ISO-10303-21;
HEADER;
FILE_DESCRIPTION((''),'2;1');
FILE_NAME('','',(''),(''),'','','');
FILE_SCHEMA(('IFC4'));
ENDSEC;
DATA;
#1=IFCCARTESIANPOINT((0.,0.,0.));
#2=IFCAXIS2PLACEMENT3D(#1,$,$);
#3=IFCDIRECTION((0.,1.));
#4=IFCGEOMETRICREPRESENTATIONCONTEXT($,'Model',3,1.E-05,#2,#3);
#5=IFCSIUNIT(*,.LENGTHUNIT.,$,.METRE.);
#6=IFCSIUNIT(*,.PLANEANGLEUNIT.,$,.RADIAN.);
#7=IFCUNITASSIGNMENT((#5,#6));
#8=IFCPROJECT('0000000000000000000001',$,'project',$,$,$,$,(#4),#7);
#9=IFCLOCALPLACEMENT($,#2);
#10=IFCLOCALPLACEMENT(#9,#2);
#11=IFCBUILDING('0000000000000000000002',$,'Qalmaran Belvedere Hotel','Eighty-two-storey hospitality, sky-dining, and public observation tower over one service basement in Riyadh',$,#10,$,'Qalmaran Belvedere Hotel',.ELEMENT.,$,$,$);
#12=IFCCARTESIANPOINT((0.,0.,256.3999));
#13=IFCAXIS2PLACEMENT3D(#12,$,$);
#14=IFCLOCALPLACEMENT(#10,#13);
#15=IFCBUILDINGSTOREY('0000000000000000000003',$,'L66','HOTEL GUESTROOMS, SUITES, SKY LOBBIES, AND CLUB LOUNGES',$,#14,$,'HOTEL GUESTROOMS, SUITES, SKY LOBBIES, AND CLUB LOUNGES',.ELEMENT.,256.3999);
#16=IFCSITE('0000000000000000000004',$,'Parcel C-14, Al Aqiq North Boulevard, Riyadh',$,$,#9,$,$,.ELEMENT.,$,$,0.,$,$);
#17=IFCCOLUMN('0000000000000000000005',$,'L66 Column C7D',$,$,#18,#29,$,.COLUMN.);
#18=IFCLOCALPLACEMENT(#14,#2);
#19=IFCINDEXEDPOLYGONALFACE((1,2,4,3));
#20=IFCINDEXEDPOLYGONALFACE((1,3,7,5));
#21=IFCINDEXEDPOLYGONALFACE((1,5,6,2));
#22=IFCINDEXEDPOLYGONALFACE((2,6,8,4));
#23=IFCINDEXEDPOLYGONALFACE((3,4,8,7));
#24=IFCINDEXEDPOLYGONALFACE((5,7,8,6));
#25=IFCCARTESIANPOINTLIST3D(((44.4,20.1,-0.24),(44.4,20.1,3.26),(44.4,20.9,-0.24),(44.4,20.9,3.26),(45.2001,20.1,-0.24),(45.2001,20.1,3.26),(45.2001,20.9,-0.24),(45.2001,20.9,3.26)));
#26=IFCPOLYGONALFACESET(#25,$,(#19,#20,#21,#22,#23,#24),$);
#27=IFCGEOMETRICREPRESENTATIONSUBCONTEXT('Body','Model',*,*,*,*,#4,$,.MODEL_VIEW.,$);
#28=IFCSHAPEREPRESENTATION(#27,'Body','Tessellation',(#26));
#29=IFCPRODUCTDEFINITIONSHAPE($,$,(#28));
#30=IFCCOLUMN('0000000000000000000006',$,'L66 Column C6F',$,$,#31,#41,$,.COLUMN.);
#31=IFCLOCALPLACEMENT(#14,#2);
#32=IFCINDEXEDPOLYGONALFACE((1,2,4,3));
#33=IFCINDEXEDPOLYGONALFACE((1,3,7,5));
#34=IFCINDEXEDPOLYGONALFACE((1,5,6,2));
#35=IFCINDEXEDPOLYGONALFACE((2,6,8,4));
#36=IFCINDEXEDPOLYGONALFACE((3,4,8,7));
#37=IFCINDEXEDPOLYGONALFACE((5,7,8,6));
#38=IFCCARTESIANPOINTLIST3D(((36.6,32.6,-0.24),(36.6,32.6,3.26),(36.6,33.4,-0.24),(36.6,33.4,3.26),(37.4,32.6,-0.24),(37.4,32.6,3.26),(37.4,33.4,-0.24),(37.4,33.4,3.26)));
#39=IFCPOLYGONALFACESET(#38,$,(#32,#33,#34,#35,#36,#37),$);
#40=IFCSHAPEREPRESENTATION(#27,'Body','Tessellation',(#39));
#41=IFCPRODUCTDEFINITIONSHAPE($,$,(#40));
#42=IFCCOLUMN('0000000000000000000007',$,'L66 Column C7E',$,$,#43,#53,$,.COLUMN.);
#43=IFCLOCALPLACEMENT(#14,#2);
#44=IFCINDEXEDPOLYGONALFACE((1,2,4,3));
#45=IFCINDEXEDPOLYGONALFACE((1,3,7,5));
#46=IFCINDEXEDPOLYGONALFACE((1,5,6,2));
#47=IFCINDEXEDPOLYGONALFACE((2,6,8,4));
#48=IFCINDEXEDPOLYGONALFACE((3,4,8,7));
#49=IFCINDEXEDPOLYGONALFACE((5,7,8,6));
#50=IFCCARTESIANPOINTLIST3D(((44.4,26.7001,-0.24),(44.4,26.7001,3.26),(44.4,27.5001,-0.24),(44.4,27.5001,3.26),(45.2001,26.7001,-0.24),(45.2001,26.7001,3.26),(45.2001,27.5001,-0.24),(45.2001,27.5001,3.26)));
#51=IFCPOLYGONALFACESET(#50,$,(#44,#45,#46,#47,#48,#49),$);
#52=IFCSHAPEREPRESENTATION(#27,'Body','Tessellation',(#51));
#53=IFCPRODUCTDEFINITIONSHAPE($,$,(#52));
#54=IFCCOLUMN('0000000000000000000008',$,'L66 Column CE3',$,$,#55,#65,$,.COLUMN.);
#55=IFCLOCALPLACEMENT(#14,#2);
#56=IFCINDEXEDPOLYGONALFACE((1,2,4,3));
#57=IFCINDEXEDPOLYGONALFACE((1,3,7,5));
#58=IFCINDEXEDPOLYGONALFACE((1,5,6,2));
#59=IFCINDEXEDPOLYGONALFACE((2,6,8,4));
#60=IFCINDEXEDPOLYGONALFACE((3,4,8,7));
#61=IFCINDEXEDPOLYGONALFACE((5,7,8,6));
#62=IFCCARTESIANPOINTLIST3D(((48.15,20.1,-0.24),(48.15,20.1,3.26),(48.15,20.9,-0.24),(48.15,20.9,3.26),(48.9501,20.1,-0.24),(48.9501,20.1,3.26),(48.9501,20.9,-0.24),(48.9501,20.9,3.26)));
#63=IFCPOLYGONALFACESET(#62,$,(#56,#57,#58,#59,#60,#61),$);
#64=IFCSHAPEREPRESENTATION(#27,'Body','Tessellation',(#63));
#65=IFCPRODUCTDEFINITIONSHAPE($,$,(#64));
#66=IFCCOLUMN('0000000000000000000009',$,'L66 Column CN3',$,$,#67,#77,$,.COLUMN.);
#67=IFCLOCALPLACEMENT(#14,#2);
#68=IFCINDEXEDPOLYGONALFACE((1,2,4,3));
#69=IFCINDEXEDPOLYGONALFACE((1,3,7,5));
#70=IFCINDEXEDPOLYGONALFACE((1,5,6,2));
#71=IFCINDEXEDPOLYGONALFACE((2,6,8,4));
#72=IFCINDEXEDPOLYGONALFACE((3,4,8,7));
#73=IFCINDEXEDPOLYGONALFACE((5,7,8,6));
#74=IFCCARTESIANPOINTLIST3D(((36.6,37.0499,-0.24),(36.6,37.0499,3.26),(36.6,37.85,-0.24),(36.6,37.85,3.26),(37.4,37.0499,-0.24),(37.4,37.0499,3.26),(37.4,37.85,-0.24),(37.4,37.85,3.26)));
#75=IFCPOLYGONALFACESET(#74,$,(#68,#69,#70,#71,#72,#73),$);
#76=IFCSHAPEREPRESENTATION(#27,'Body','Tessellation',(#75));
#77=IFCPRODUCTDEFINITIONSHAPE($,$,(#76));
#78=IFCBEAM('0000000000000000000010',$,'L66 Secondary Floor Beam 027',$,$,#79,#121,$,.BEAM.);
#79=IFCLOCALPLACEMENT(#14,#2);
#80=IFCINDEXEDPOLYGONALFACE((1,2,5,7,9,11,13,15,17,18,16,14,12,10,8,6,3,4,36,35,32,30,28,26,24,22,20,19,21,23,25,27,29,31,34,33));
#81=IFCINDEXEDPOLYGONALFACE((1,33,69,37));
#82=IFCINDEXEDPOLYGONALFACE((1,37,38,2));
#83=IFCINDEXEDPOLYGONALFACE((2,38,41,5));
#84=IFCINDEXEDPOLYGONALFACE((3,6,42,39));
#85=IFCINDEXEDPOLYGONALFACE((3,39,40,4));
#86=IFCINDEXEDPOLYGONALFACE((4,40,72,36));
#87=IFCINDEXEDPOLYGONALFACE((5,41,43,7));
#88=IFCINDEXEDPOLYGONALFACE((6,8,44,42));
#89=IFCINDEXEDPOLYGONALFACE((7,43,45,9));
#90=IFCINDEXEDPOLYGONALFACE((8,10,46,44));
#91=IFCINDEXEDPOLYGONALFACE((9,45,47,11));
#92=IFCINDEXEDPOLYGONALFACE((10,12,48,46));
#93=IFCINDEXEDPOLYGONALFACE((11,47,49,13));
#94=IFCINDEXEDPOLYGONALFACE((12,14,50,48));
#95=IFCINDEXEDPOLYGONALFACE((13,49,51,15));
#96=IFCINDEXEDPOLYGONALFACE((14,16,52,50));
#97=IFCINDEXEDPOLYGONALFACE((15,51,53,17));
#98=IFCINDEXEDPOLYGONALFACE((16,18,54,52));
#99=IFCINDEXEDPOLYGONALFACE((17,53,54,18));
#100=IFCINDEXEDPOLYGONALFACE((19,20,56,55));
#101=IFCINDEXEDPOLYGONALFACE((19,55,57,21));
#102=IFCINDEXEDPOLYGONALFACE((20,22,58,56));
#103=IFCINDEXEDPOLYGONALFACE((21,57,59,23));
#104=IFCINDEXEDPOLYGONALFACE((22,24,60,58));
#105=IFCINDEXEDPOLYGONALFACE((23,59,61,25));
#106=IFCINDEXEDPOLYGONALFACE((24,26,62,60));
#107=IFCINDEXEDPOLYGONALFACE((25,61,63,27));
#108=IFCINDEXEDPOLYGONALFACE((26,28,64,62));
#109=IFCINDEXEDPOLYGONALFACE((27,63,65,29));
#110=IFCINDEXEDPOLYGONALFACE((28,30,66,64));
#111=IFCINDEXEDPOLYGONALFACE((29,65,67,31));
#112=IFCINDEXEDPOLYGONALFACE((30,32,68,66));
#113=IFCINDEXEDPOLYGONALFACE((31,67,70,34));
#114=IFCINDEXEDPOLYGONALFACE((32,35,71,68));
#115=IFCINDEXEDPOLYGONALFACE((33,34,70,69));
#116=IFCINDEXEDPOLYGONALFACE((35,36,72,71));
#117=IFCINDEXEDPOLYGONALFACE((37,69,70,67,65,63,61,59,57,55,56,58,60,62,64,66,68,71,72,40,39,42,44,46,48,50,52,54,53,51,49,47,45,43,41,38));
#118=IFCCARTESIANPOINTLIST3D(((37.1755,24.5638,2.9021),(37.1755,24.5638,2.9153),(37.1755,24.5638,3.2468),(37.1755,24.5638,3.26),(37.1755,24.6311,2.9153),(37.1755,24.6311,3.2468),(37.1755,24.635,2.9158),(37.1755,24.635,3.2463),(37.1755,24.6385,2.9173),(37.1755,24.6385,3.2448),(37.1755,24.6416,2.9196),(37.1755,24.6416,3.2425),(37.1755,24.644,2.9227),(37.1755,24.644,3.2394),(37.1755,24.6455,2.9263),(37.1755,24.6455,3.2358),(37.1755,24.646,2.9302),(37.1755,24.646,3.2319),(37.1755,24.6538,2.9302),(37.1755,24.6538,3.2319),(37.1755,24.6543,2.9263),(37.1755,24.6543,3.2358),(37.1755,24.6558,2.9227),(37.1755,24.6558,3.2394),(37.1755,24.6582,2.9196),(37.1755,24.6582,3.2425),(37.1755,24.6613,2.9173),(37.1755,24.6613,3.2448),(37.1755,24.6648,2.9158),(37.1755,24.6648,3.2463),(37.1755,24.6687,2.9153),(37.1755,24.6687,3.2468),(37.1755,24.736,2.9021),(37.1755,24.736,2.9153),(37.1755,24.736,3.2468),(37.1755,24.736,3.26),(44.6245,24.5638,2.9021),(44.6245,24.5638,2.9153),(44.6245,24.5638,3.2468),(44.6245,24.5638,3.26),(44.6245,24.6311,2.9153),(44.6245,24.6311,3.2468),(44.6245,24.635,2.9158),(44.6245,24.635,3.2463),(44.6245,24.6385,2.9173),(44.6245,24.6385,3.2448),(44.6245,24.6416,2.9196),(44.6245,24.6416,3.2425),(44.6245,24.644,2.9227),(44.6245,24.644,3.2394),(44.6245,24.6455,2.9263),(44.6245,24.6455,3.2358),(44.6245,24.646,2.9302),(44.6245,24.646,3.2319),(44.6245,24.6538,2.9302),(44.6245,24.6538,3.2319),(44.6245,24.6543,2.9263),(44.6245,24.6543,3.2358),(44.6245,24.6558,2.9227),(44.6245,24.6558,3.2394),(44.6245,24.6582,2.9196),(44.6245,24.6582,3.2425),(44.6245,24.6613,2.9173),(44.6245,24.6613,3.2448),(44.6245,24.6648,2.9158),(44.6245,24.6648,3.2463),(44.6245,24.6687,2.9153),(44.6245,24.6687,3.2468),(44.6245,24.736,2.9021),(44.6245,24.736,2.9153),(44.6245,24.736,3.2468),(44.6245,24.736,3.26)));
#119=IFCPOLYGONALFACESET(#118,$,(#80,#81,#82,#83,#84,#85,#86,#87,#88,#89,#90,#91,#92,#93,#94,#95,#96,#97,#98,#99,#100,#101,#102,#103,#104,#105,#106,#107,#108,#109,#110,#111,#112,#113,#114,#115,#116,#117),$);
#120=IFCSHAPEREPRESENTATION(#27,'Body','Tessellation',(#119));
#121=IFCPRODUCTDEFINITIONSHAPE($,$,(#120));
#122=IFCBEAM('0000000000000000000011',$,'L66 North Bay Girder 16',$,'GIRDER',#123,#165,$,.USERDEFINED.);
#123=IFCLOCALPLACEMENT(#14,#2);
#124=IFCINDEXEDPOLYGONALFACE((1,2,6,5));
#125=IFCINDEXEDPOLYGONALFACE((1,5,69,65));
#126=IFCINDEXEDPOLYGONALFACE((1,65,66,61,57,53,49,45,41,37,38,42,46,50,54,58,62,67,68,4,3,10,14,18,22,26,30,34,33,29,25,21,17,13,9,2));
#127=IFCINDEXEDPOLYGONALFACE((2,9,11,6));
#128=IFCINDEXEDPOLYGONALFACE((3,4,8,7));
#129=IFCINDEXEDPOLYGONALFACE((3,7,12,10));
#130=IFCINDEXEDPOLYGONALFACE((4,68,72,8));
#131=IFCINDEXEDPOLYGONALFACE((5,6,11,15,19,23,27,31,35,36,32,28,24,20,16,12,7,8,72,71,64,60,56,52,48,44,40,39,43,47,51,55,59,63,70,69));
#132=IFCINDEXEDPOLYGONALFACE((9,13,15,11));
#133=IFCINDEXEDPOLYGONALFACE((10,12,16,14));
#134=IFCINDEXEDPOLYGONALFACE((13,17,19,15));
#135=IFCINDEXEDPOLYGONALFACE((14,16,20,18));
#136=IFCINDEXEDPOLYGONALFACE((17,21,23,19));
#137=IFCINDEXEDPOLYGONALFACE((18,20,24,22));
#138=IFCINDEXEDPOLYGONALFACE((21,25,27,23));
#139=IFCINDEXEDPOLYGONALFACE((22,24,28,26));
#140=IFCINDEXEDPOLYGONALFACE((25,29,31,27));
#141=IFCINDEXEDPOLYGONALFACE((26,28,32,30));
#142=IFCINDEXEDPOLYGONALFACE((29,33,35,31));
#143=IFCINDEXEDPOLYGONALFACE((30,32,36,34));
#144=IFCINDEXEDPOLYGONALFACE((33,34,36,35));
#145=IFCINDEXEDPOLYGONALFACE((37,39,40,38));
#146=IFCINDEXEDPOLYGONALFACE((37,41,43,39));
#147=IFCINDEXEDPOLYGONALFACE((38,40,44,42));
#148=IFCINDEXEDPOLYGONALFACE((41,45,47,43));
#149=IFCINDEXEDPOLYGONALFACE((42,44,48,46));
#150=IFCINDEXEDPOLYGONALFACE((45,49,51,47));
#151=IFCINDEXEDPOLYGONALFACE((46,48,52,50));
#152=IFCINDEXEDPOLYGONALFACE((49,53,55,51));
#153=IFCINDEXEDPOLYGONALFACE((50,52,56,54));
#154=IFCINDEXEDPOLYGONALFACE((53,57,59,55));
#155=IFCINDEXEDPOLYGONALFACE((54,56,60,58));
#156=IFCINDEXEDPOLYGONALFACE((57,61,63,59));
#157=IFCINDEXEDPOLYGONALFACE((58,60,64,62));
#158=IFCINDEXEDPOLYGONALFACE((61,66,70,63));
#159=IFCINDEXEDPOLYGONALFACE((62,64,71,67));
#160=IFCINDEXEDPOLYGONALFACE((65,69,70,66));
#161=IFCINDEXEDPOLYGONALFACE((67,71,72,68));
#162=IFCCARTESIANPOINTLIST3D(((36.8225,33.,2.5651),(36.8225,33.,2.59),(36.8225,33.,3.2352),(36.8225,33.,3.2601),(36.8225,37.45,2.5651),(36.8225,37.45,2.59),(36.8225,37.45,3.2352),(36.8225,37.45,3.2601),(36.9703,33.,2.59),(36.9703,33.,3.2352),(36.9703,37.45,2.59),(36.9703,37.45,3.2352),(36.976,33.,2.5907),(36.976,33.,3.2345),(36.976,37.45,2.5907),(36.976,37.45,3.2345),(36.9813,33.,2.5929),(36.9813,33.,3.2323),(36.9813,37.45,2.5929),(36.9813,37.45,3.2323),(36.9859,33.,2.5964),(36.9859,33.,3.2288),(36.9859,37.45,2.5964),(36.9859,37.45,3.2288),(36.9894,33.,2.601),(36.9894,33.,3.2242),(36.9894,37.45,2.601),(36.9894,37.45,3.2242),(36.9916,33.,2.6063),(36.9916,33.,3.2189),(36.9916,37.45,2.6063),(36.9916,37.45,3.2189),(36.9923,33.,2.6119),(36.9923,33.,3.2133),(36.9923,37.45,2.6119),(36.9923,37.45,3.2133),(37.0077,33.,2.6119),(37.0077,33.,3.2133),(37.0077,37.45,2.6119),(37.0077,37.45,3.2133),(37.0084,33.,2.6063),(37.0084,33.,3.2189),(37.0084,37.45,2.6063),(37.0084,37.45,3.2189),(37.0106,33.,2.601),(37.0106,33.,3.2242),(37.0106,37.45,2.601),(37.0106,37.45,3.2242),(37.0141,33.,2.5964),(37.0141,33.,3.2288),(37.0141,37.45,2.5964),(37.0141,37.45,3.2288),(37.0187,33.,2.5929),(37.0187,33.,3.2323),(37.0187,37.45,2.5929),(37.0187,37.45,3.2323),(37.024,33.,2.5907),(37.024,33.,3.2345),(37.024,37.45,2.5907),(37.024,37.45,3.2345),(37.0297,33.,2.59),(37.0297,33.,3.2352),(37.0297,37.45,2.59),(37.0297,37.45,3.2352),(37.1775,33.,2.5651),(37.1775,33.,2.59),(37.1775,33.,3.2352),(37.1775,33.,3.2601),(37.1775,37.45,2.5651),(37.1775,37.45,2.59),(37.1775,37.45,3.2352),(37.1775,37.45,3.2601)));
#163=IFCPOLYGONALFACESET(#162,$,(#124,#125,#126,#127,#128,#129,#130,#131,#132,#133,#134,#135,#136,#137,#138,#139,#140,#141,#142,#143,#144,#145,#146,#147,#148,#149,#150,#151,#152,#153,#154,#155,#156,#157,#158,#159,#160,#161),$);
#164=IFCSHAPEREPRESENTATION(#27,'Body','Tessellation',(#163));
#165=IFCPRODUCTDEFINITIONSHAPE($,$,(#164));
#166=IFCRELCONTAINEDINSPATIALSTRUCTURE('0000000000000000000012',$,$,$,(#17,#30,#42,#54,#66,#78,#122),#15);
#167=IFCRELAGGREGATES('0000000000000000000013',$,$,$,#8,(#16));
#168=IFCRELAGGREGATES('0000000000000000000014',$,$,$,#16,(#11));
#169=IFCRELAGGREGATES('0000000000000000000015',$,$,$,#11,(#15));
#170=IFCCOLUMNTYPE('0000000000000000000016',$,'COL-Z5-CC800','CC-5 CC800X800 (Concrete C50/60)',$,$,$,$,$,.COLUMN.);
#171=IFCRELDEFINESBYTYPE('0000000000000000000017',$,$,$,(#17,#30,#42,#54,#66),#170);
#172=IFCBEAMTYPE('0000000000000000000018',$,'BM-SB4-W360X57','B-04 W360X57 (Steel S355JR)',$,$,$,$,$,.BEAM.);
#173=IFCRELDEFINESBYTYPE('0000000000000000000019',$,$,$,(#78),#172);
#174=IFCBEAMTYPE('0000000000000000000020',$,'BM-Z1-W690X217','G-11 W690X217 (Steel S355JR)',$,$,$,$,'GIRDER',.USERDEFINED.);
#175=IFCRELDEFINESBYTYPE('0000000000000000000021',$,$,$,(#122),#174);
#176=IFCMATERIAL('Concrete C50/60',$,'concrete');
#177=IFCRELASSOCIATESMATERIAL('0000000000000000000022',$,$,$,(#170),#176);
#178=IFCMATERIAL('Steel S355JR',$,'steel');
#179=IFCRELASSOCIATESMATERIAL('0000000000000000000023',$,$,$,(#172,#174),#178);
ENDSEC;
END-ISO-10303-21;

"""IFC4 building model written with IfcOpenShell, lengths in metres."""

from ifc_helpers import new_model, si_unit, direction, frame, origin, origin_2d, place, context, subcontext, project, spatial, rectangle, i_section, extrude, material, material_profile, profile_set, type_object, element, save


model = new_model("IFC4")

# Units and contexts
model_context = context("Model", 3, precision=1e-05, world=origin(), true_north=direction((0.0, 1.0)))
body_context = subcontext(model_context, "Body", "Model", "MODEL_VIEW")
ifc_project = project(units=[si_unit("LENGTHUNIT", "METRE"), si_unit("PLANEANGLEUNIT", "RADIAN")], contexts=[model_context])

# Site, building, storey
site_placement = place(None, origin())
site = spatial("IfcSite", under=ifc_project, at=site_placement, Name="Parcel C-14, Al Aqiq North Boulevard, Riyadh", CompositionType="ELEMENT", RefElevation=0.0)
building_placement = place(site_placement, origin())
building = spatial("IfcBuilding", under=site, at=building_placement, Name="Qalmaran Belvedere Hotel", Description="Eighty-two-storey hospitality, sky-dining, and public observation tower over one service basement in Riyadh", LongName="Qalmaran Belvedere Hotel", CompositionType="ELEMENT")
storey_placement = place(building_placement, frame((0.0, 0.0, 256.3999)))
storey = spatial("IfcBuildingStorey", under=building, at=storey_placement, Name="L66", Description="HOTEL GUESTROOMS, SUITES, SKY LOBBIES, AND CLUB LOUNGES", LongName="HOTEL GUESTROOMS, SUITES, SKY LOBBIES, AND CLUB LOUNGES", CompositionType="ELEMENT", Elevation=256.3999)

# Columns
ifc_material_1 = material(Name="Concrete C50/60", Category="concrete")
ifc_material_profile_1 = material_profile(ifc_material_1, rectangle(XDim=0.8, YDim=0.8, at=origin_2d()), Name="CC800X800")
ifc_profile_set_1 = profile_set([ifc_material_profile_1], Name="Concrete C50/60")
column_type = type_object("IfcColumnType", Name="COL-Z5-CC800", Description="CC-5 CC800X800 (Concrete C50/60)", PredefinedType="COLUMN", material=ifc_profile_set_1)
for number, where, z_axis, x_axis, name in (
    (1, (44.8, 20.5, -0.24), (0.0, 0.0, 1.0), (1.0, 0.0, 0.0), "L66 Column C7D"),
    (2, (37.0, 33.0, -0.24), (0.0, 0.0, 1.0), (1.0, 0.0, 0.0), "L66 Column C6F"),
    (3, (44.8, 27.1001, -0.24), (0.0, 0.0, 1.0), (1.0, 0.0, 0.0), "L66 Column C7E"),
    (4, (48.55, 20.5, -0.24), (0.0, 0.0, 1.0), (1.0, 0.0, 0.0), "L66 Column CE3"),
    (5, (37.0, 37.45, -0.24), (0.0, 0.0, 1.0), (1.0, 0.0, 0.0), "L66 Column CN3"),
):
    element("IfcColumn", number, at=place(storey_placement, frame(where, z_axis=z_axis, x_axis=x_axis)), inside=storey, type_object=column_type, Name=name, PredefinedType="COLUMN", context=body_context, shape_type="SweptSolid", body=[
        extrude(rectangle(XDim=0.8, YDim=0.8, at=origin_2d()), origin(), (0.0, 0.0, 1.0), 3.5),
    ])

# Beams
ifc_material_2 = material(Name="Steel S355JR", Category="steel")
ifc_material_profile_2 = material_profile(ifc_material_2, i_section(OverallWidth=0.1721, OverallDepth=0.3579, WebThickness=0.0078, FlangeThickness=0.0132, FilletRadius=0.0149, at=origin_2d()), Name="W360X57")
ifc_profile_set_2 = profile_set([ifc_material_profile_2], Name="Steel S355JR")
beam_type_1 = type_object("IfcBeamType", Name="BM-SB4-W360X57", Description="B-04 W360X57 (Steel S355JR)", PredefinedType="BEAM", material=ifc_profile_set_2)
beam_1_placement = place(storey_placement, frame((37.1755, 24.6499, 3.0811), z_axis=(1.0, 0.0, 0.0), x_axis=(0.0, 1.0, 0.0)))
element("IfcBeam", 6, at=beam_1_placement, inside=storey, type_object=beam_type_1, Name="L66 Secondary Floor Beam 027", PredefinedType="BEAM", context=body_context, shape_type="SweptSolid", body=[
    extrude(i_section(OverallWidth=0.1721, OverallDepth=0.3579, WebThickness=0.0078, FlangeThickness=0.0132, FilletRadius=0.0149, at=origin_2d()), origin(), (0.0, 0.0, 1.0), 7.449),
])
ifc_material_profile_3 = material_profile(ifc_material_2, i_section(OverallWidth=0.355, OverallDepth=0.6951, WebThickness=0.0154, FlangeThickness=0.0249, FilletRadius=0.022, at=origin_2d()), Name="W690X217")
ifc_profile_set_3 = profile_set([ifc_material_profile_3], Name="Steel S355JR")
beam_type_2 = type_object("IfcBeamType", Name="BM-Z1-W690X217", Description="G-11 W690X217 (Steel S355JR)", ElementType="GIRDER", PredefinedType="USERDEFINED", material=ifc_profile_set_3)
beam_2_placement = place(storey_placement, frame((37.0, 33.0, 2.9126), z_axis=(0.0, 1.0, 0.0), x_axis=(-1.0, 0.0, 0.0)))
element("IfcBeam", 7, at=beam_2_placement, inside=storey, type_object=beam_type_2, Name="L66 North Bay Girder 16", ObjectType="GIRDER", PredefinedType="USERDEFINED", context=body_context, shape_type="SweptSolid", body=[
    extrude(i_section(OverallWidth=0.355, OverallDepth=0.6951, WebThickness=0.0154, FlangeThickness=0.0249, FilletRadius=0.022, at=origin_2d()), origin(), (0.0, 0.0, 1.0), 4.45),
])

save(model, "model.ifc")
